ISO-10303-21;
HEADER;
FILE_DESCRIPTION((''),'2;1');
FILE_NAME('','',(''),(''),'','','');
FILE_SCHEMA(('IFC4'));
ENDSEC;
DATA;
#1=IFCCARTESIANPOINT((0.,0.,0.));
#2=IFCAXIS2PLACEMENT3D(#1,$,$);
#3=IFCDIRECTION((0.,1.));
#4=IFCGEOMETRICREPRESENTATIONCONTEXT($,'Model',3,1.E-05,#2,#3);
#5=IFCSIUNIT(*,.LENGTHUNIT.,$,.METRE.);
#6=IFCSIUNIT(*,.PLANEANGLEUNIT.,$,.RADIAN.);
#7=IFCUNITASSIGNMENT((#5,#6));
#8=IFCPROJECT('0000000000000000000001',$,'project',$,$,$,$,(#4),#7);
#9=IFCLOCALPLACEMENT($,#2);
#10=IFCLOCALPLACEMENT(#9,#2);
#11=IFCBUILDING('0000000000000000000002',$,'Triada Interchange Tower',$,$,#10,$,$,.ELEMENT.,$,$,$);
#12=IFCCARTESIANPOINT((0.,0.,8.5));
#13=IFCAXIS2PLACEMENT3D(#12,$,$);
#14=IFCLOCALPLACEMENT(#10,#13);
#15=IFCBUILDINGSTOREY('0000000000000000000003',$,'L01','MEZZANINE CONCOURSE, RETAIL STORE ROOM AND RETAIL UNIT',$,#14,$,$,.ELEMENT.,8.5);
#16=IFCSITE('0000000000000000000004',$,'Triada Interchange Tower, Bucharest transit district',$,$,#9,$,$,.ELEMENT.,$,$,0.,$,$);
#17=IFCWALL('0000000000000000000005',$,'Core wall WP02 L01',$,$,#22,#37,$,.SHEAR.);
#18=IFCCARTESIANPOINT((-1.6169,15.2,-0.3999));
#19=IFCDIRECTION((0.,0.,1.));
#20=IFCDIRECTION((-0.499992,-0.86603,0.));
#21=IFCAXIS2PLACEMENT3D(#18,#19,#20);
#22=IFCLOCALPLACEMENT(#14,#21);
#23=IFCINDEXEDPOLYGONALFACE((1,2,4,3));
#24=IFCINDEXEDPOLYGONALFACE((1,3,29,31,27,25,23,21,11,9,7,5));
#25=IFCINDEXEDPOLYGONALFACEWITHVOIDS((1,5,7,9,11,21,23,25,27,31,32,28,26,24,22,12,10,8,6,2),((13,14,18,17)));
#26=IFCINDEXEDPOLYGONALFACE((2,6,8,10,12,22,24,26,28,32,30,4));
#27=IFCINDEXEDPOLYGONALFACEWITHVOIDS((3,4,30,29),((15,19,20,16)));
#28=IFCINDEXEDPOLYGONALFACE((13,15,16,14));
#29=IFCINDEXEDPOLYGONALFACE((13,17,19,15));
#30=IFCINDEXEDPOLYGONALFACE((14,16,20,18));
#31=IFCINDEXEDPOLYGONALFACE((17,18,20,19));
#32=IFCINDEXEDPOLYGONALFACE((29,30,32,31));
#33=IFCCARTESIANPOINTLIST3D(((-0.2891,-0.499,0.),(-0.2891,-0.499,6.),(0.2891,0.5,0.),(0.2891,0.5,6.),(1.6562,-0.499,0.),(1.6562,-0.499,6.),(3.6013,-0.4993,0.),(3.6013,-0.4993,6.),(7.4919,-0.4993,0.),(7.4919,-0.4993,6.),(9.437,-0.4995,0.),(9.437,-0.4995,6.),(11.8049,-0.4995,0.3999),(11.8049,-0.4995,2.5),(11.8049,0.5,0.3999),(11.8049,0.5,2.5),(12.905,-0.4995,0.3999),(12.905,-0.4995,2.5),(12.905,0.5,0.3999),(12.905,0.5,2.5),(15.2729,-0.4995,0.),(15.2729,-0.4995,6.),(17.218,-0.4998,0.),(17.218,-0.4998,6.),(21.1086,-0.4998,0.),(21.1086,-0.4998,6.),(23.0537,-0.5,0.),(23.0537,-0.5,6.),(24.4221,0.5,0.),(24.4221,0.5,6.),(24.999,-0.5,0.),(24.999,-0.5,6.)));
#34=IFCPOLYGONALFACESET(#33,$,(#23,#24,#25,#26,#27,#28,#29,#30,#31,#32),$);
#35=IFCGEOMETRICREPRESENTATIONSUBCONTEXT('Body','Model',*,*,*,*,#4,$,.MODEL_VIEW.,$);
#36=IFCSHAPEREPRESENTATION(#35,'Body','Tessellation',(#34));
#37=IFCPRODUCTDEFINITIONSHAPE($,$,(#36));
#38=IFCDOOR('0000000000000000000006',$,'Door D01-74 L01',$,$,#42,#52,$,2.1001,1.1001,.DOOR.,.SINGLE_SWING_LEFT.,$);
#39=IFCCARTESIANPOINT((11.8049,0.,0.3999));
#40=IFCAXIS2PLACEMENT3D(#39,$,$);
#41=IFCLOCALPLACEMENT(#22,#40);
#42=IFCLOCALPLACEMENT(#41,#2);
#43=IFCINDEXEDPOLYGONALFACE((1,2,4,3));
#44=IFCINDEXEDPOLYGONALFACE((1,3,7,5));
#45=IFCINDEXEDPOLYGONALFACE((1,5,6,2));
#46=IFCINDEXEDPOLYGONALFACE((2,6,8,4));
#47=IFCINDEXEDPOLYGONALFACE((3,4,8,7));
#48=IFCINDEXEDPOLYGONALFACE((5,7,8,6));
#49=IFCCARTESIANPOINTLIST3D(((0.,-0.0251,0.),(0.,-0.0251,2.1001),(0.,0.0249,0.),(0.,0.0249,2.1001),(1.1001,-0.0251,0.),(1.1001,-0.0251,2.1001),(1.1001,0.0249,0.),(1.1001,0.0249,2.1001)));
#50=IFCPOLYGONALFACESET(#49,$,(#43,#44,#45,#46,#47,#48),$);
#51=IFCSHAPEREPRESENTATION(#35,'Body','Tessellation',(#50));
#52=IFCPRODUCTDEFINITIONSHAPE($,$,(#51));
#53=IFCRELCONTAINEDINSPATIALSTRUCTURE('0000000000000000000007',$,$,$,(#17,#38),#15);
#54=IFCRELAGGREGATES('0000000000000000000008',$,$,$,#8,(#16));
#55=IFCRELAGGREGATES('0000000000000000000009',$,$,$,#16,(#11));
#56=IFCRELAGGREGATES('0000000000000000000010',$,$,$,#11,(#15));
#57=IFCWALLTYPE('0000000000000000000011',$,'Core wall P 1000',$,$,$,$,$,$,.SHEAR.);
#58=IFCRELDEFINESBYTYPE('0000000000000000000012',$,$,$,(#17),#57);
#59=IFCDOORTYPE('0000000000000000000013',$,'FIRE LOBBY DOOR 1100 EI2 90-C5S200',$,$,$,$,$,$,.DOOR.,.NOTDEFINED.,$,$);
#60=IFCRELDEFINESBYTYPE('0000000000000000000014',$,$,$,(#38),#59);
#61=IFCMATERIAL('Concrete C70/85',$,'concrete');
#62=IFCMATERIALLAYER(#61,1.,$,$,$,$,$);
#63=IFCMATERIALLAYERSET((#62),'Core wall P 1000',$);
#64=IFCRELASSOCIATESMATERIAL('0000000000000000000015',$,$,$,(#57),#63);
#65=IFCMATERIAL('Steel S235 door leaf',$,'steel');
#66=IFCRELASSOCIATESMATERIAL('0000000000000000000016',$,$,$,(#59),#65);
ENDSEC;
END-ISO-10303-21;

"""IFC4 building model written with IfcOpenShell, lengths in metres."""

from ifc_helpers import new_model, si_unit, direction, frame, frame_2d, origin, place, context, subcontext, project, spatial, polyline, rectangle, outline, extrude, material, layer, layer_set, type_object, element, fill, save


model = new_model("IFC4")

# Units and contexts
model_context = context("Model", 3, precision=1e-05, world=origin(), true_north=direction((0.0, 1.0)))
body_context = subcontext(model_context, "Body", "Model", "MODEL_VIEW")
ifc_project = project(units=[si_unit("LENGTHUNIT", "METRE"), si_unit("PLANEANGLEUNIT", "RADIAN")], contexts=[model_context])

# Site, building, storey
site_placement = place(None, origin())
site = spatial("IfcSite", under=ifc_project, at=site_placement, Name="Triada Interchange Tower, Bucharest transit district", CompositionType="ELEMENT", RefElevation=0.0)
building_placement = place(site_placement, origin())
building = spatial("IfcBuilding", under=site, at=building_placement, Name="Triada Interchange Tower", CompositionType="ELEMENT")
storey_placement = place(building_placement, frame((0.0, 0.0, 8.5)))
storey = spatial("IfcBuildingStorey", under=building, at=storey_placement, Name="L01", Description="MEZZANINE CONCOURSE, RETAIL STORE ROOM AND RETAIL UNIT", CompositionType="ELEMENT", Elevation=8.5)

# Shared definitions
ifc_material_1 = material(Name="Concrete C70/85", Category="concrete")

# Wall, opening, door
ifc_layer_1 = layer(ifc_material_1, 1.0)
ifc_layer_set_1 = layer_set([ifc_layer_1], Name="Core wall P 1000")
wall_type_1 = type_object("IfcWallType", Name="Core wall P 1000", PredefinedType="SHEAR", material=ifc_layer_set_1)
wall_1_placement = place(storey_placement, frame((-1.6169, 15.2, -0.3999), z_axis=(0.0, 0.0, 1.0), x_axis=(-0.499992, -0.86603, 0.0)))
wall_1 = element("IfcWall", 1, at=wall_1_placement, inside=storey, type_object=wall_type_1, Name="Core wall WP02 L01", PredefinedType="SHEAR", context=body_context, shape_type="SweptSolid", body=[
    extrude(outline(polyline([(-0.2891, -0.499), (1.6562, -0.499), (3.6013, -0.4993), (5.5466, -0.4993), (7.4919, -0.4993), (9.437, -0.4995), (11.3823, -0.4995), (13.3276, -0.4995), (15.2729, -0.4995), (17.218, -0.4998), (19.1633, -0.4998), (21.1086, -0.4998), (23.0537, -0.5), (24.999, -0.5), (24.4221, 0.5), (22.5657, 0.5), (20.7092, 0.5), (18.853, 0.5), (16.9966, 0.5), (15.1401, 0.5), (13.2837, 0.5), (11.4275, 0.5), (9.571, 0.5), (7.7146, 0.5), (5.8582, 0.5), (4.002, 0.5), (2.1455, 0.5), (0.2891, 0.5), (-0.2891, -0.499)])), origin(), (0.0, 0.0, 1.0), 6.0),
])
opening_placement = place(wall_1_placement, frame((11.8049, 0.0, 0.3999)))
opening = element("IfcOpeningElement", 2, at=opening_placement, cuts=wall_1, PredefinedType="OPENING", context=body_context, shape_type="SweptSolid", body=[
    extrude(rectangle(XDim=1.1001, YDim=2.1001, at=frame_2d((0.55, 1.05))), frame((0.0, 0.51, 0.0), z_axis=(0.0, -1.0, 0.0), x_axis=(1.0, 0.0, 0.0)), (0.0, 0.0, 1.0), 1.02),
])
ifc_material_2 = material(Name="Steel S235 door leaf", Category="steel")
door_type = type_object("IfcDoorType", Name="FIRE LOBBY DOOR 1100 EI2 90-C5S200", OperationType="NOTDEFINED", PredefinedType="DOOR", material=ifc_material_2)
door_placement = place(opening_placement, origin())
door = element("IfcDoor", 3, at=door_placement, inside=storey, type_object=door_type, Name="Door D01-74 L01", OperationType="SINGLE_SWING_LEFT", OverallHeight=2.1001, OverallWidth=1.1001, PredefinedType="DOOR", context=body_context, shape_type="SweptSolid", body=[
    extrude(rectangle(XDim=1.1001, YDim=2.1001, at=frame_2d((0.55, 1.05))), frame((0.0, 0.0249, 0.0), z_axis=(0.0, -1.0, 0.0), x_axis=(1.0, 0.0, 0.0)), (0.0, 0.0, 1.0), 0.05),
])
fill(opening, door)

save(model, "model.ifc")
